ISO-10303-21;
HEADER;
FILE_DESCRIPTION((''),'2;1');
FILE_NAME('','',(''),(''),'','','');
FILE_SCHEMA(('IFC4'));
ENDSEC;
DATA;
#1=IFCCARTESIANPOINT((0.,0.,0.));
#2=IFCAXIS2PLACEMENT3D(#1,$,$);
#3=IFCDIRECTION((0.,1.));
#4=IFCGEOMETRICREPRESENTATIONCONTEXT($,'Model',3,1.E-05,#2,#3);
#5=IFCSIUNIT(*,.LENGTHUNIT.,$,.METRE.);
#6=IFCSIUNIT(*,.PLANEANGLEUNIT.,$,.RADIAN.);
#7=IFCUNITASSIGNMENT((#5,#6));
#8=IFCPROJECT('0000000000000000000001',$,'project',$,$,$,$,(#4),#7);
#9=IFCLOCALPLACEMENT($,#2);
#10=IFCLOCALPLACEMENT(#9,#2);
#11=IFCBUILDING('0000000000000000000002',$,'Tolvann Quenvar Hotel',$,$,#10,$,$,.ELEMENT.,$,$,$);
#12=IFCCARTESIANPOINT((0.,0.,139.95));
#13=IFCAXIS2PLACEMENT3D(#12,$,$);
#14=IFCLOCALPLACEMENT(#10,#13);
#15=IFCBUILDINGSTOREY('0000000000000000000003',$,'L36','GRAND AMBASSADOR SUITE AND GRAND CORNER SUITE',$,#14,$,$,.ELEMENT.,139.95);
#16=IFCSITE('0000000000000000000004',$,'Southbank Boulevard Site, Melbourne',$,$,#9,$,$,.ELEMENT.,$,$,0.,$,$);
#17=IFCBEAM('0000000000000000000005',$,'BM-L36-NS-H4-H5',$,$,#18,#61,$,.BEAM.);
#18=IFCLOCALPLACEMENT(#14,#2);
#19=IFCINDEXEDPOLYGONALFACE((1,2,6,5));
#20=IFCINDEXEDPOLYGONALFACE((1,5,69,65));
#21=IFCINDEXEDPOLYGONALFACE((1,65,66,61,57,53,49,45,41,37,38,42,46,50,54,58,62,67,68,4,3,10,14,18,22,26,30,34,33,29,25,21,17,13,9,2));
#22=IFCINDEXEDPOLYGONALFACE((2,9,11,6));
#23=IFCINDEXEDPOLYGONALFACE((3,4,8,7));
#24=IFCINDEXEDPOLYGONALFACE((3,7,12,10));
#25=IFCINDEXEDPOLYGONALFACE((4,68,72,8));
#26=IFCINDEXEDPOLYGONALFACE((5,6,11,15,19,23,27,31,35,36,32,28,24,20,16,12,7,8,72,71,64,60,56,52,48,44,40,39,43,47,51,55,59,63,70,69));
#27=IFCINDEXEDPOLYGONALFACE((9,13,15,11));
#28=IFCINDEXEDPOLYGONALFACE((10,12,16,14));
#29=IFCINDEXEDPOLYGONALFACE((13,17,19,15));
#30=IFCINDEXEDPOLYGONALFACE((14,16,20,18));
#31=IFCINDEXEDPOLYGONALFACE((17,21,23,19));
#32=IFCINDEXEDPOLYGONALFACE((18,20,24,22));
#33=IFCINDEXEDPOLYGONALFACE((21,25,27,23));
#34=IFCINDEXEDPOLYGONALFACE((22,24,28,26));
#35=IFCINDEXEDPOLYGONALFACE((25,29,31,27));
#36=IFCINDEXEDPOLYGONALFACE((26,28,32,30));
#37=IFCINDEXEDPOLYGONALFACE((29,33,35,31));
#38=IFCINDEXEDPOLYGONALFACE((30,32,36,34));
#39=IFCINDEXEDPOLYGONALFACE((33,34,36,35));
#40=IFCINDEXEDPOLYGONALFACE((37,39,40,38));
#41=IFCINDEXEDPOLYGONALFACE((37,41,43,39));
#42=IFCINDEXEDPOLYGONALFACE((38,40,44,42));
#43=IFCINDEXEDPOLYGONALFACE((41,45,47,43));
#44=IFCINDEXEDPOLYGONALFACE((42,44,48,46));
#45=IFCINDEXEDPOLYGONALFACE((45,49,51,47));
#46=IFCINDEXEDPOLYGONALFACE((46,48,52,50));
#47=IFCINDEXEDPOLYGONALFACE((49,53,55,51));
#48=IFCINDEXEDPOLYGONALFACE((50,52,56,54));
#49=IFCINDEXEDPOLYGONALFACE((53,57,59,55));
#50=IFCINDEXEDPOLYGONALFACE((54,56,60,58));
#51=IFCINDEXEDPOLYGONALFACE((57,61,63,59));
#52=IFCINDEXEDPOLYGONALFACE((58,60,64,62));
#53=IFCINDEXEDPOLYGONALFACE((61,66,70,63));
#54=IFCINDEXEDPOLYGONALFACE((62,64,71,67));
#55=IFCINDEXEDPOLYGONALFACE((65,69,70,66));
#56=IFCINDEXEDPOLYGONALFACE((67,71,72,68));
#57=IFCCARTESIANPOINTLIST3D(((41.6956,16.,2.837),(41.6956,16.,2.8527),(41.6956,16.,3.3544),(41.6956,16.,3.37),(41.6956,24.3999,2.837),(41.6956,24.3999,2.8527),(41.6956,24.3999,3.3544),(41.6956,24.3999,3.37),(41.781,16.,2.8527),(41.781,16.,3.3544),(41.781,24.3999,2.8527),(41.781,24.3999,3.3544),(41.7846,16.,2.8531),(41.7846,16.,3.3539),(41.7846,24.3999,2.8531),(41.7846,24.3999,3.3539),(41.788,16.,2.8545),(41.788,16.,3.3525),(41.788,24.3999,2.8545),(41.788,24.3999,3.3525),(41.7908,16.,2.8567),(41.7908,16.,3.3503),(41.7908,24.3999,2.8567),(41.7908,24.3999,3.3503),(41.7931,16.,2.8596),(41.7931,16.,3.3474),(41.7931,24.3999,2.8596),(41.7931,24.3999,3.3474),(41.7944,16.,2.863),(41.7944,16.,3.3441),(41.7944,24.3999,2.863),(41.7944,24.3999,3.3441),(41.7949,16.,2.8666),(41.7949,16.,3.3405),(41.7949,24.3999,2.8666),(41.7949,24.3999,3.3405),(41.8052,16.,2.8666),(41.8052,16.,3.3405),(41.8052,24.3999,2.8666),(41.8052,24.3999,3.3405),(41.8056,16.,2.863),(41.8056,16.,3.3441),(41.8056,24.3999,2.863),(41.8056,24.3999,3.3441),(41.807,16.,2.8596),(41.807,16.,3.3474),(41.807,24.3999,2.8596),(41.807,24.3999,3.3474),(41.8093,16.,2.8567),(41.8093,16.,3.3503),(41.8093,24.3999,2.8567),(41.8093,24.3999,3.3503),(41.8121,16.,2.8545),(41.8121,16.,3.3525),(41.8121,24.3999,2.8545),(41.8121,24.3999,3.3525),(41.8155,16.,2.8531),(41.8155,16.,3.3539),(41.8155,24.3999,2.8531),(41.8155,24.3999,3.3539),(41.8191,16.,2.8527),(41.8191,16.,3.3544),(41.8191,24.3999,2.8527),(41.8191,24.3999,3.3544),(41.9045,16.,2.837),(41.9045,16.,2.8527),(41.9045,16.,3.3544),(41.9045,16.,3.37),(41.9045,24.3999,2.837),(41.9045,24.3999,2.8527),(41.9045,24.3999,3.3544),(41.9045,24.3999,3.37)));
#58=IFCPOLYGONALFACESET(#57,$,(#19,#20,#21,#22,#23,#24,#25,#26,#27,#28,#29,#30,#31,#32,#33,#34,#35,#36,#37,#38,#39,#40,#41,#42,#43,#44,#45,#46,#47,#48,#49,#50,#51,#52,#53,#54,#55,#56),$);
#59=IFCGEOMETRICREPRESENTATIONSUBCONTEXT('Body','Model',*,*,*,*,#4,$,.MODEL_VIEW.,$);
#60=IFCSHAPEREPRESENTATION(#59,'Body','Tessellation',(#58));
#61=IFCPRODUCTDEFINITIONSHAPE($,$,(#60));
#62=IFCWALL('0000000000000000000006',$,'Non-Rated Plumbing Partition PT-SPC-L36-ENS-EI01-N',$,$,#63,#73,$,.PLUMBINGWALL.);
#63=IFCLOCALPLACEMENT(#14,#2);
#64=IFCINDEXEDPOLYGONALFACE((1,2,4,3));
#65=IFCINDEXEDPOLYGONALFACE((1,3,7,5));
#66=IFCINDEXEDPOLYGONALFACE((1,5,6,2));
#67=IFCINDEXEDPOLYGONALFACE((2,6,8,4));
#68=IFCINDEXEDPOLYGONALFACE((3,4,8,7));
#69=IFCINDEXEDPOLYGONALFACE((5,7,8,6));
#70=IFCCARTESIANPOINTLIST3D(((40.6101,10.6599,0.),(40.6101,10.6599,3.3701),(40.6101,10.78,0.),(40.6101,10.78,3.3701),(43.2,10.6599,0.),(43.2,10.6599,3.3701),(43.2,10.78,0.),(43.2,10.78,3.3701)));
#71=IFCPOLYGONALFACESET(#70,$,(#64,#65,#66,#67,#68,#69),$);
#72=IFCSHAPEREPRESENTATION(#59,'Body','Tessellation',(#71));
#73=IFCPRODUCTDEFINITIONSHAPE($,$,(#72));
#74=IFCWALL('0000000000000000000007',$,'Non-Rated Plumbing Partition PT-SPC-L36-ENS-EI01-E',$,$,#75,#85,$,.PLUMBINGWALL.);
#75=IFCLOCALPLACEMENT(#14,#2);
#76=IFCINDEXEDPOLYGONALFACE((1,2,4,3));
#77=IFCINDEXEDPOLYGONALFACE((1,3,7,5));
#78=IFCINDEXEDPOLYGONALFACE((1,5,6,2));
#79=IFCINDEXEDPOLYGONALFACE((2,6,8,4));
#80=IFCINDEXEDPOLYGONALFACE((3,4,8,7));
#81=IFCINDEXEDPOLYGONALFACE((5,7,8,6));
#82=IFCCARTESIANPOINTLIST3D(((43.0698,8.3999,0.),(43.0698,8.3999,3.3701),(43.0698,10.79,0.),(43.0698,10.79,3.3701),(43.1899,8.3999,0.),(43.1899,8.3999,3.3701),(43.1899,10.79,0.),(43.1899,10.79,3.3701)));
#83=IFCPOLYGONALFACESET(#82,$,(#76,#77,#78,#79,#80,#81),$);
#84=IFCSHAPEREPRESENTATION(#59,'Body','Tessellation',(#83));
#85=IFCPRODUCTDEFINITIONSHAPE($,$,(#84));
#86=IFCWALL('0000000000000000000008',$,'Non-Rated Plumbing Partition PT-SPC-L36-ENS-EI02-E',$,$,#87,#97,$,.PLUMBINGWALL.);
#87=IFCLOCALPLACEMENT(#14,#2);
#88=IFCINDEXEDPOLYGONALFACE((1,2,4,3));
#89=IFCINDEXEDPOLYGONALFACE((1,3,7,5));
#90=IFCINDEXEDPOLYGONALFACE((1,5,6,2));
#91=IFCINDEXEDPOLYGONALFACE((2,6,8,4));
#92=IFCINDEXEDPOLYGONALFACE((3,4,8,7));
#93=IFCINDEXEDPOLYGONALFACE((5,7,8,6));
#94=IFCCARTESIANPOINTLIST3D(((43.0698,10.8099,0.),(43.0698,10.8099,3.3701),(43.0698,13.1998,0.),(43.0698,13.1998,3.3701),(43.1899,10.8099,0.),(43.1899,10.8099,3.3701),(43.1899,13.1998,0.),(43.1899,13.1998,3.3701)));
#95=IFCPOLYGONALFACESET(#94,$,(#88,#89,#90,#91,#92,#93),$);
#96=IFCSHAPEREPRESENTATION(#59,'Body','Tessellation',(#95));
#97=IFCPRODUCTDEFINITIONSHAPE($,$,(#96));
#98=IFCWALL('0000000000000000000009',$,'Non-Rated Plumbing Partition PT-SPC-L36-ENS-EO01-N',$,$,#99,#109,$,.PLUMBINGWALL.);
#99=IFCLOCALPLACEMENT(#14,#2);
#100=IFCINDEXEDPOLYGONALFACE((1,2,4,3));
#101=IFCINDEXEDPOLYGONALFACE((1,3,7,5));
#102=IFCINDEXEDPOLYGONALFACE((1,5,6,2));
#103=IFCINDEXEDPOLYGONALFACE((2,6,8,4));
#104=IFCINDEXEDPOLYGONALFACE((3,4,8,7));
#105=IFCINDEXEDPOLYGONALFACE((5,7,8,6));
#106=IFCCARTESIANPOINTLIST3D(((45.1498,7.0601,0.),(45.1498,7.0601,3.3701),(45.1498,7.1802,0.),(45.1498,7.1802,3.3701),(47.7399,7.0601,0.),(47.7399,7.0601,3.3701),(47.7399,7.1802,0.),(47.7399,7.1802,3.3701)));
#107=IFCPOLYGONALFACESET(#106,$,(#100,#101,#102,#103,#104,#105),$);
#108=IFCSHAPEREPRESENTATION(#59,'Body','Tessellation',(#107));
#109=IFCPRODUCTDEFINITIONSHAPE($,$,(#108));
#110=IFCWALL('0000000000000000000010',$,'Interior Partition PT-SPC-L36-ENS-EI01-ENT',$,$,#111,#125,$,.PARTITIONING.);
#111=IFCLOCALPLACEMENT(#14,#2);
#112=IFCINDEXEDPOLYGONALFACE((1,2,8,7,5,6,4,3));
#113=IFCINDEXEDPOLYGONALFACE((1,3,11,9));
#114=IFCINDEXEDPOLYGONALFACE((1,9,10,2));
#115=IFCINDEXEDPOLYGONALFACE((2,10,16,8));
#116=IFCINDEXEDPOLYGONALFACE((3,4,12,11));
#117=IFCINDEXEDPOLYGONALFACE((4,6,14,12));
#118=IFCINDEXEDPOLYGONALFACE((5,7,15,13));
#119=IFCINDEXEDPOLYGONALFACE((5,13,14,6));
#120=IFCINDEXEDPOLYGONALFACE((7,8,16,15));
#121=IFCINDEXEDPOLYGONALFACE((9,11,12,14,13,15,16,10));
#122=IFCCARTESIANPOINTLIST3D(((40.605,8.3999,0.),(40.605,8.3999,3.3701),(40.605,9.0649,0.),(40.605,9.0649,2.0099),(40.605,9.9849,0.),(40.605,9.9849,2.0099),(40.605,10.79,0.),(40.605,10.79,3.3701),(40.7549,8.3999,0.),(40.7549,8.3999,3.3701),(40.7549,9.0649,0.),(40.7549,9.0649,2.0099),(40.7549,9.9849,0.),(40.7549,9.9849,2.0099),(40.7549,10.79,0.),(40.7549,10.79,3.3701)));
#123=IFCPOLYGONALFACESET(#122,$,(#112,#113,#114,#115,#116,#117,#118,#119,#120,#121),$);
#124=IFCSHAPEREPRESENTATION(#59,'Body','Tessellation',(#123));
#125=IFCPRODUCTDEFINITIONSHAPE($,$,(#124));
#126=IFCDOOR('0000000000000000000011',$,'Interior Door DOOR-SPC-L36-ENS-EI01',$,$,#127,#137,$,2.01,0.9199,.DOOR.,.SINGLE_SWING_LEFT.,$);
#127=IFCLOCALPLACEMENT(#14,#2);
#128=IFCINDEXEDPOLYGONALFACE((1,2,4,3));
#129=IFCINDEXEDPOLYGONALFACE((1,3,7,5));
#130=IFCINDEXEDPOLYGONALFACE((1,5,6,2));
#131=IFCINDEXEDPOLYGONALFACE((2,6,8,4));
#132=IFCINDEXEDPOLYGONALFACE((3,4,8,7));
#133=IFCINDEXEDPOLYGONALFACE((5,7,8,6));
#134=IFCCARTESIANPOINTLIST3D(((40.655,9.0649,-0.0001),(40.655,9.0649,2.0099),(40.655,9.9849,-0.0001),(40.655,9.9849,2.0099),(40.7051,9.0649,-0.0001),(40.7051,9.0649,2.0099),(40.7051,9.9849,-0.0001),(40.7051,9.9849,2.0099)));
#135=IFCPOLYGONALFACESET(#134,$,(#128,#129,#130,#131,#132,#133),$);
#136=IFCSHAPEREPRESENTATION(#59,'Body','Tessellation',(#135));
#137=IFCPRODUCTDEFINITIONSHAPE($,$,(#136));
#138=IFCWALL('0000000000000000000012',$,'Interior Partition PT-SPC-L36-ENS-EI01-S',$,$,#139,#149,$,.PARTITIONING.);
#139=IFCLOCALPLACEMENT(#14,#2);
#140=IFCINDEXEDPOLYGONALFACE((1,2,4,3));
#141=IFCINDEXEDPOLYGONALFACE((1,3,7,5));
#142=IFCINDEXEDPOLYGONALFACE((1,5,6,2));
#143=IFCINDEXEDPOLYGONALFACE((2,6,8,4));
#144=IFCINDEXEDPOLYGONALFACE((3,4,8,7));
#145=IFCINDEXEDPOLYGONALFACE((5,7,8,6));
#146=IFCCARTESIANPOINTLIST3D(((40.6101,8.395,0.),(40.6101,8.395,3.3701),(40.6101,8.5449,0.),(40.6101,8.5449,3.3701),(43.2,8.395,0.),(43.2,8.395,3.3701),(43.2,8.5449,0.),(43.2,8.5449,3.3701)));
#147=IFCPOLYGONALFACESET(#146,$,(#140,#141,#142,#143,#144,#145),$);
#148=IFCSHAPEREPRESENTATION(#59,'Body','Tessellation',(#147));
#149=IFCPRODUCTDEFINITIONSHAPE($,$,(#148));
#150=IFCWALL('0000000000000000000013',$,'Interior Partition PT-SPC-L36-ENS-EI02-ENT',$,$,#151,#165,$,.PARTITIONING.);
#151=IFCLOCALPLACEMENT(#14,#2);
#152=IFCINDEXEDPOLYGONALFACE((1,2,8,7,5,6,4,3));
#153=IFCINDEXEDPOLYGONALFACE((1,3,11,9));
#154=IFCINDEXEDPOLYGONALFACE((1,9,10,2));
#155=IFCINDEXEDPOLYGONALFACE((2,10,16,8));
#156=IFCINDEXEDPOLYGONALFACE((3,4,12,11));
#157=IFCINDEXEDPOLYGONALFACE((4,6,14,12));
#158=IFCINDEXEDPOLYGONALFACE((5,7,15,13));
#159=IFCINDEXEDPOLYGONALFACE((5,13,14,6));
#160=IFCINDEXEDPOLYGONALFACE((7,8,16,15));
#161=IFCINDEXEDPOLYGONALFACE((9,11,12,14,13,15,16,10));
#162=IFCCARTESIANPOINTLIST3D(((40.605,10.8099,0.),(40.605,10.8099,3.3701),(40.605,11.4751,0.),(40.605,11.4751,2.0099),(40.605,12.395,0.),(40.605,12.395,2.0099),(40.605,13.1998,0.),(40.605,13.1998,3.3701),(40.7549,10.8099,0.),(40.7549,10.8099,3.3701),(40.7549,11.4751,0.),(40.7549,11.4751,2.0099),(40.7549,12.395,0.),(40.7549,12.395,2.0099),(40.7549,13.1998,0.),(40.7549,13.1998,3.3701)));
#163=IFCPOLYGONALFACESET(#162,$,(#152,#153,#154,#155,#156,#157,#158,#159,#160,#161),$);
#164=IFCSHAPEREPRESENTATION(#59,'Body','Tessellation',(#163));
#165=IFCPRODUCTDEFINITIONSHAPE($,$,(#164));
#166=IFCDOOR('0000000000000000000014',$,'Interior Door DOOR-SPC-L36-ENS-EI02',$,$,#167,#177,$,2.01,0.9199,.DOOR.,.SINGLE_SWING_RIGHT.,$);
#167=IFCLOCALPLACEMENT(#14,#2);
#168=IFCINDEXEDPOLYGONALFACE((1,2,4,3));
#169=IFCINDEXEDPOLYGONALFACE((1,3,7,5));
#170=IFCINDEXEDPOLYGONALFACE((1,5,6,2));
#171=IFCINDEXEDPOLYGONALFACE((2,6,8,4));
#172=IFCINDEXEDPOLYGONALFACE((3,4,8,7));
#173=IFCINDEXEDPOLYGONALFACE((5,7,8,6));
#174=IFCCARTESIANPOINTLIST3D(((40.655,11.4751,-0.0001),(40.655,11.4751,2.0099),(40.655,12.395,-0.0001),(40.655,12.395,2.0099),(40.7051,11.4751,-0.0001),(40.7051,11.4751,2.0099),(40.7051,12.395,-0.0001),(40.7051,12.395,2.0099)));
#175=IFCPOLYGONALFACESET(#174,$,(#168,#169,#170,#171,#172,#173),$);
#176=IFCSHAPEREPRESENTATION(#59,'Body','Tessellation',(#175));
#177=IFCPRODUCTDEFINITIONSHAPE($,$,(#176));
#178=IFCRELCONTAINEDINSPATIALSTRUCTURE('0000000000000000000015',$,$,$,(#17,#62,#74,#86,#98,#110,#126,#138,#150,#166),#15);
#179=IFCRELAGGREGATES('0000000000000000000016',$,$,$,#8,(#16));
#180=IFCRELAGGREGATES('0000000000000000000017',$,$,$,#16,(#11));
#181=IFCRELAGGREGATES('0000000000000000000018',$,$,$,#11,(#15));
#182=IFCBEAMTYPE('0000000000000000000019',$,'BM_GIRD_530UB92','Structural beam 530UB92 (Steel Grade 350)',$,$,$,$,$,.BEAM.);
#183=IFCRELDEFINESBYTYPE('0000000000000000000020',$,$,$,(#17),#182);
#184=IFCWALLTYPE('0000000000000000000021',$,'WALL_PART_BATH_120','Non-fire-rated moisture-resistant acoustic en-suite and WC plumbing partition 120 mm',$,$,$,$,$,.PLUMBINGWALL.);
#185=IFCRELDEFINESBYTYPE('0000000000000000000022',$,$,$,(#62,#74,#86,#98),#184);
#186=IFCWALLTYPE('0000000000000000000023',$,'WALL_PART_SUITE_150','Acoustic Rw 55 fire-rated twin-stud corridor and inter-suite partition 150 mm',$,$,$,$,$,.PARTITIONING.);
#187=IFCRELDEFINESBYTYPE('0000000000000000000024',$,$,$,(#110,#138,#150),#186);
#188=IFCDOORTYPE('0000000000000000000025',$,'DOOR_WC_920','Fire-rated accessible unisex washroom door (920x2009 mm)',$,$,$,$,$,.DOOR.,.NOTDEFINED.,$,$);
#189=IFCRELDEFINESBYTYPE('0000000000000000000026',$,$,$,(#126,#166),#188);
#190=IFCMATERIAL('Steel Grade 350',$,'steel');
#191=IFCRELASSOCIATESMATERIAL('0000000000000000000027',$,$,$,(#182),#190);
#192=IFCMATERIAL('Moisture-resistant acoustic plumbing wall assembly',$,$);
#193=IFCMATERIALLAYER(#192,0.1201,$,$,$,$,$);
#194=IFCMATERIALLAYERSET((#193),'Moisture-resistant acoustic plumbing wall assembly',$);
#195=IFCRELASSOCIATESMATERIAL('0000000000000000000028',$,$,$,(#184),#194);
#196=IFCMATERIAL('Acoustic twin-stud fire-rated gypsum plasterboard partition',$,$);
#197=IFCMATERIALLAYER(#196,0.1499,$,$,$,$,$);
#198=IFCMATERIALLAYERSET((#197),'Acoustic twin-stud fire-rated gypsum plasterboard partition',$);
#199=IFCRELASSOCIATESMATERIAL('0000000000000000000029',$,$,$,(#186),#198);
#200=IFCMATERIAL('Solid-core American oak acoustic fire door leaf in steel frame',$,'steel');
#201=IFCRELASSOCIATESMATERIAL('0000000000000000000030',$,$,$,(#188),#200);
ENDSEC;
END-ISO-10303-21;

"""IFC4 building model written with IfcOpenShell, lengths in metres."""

from ifc_helpers import new_model, si_unit, direction, frame, frame_2d, origin, origin_2d, place, context, subcontext, project, spatial, rectangle, i_section, extrude, source, transform, mapped, material, layer, layer_set, material_profile, profile_set, type_object, type_shapes, element, fill, save


model = new_model("IFC4")

# Units and contexts
model_context = context("Model", 3, precision=1e-05, world=origin(), true_north=direction((0.0, 1.0)))
body_context = subcontext(model_context, "Body", "Model", "MODEL_VIEW")
ifc_project = project(units=[si_unit("LENGTHUNIT", "METRE"), si_unit("PLANEANGLEUNIT", "RADIAN")], contexts=[model_context])

# Site, building, storey
site_placement = place(None, origin())
site = spatial("IfcSite", under=ifc_project, at=site_placement, Name="Southbank Boulevard Site, Melbourne", CompositionType="ELEMENT", RefElevation=0.0)
building_placement = place(site_placement, origin())
building = spatial("IfcBuilding", under=site, at=building_placement, Name="Tolvann Quenvar Hotel", CompositionType="ELEMENT")
storey_placement = place(building_placement, frame((0.0, 0.0, 139.95)))
storey = spatial("IfcBuildingStorey", under=building, at=storey_placement, Name="L36", Description="GRAND AMBASSADOR SUITE AND GRAND CORNER SUITE", CompositionType="ELEMENT", Elevation=139.95)

# Shared definitions
ifc_material_1 = material(Name="Steel Grade 350", Category="steel")

# Beam
ifc_material_profile_1 = material_profile(ifc_material_1, i_section(OverallWidth=0.209, OverallDepth=0.533, WebThickness=0.0103, FlangeThickness=0.0156, FilletRadius=0.0139, at=origin_2d()), Name="530UB92")
ifc_profile_set_1 = profile_set([ifc_material_profile_1], Name="Steel Grade 350")
beam_type_1 = type_object("IfcBeamType", Name="BM_GIRD_530UB92", Description="Structural beam 530UB92 (Steel Grade 350)", PredefinedType="BEAM", material=ifc_profile_set_1)
shared_shape_1 = source(origin(), body_context, "Body", "SweptSolid", [
    extrude(i_section(OverallWidth=0.209, OverallDepth=0.533, WebThickness=0.0103, FlangeThickness=0.0156, FilletRadius=0.0139, at=origin_2d()), origin(), (0.0, 0.0, 1.0), 8.3999),
])
for number, where, z_axis, x_axis, name in (
    (1, (41.8, 16.0, 3.1035), (0.0, 1.0, 0.0), (-1.0, 0.0, 0.0), "BM-L36-NS-H4-H5"),
):
    element("IfcBeam", number, at=place(storey_placement, frame(where, z_axis=z_axis, x_axis=x_axis)), inside=storey, type_object=beam_type_1, Name=name, PredefinedType="BEAM", context=body_context, shape_type="MappedRepresentation", body=[
        mapped(shared_shape_1, transform((0.0, 0.0, 0.0), x_axis=(1.0, 0.0, 0.0), y_axis=(0.0, 1.0, 0.0), z_axis=(0.0, 0.0, 1.0), scale=1.0)),
    ])

# Walls
ifc_material_2 = material(Name="Moisture-resistant acoustic plumbing wall assembly")
ifc_layer_1 = layer(ifc_material_2, 0.1201)
ifc_layer_set_1 = layer_set([ifc_layer_1], Name="Moisture-resistant acoustic plumbing wall assembly")
wall_type_1 = type_object("IfcWallType", Name="WALL_PART_BATH_120", Description="Non-fire-rated moisture-resistant acoustic en-suite and WC plumbing partition 120 mm", PredefinedType="PLUMBINGWALL", material=ifc_layer_set_1)
wall_1_placement = place(storey_placement, frame((40.6101, 10.72, 0.0), z_axis=(0.0, 0.0, 1.0), x_axis=(1.0, 0.0, 0.0)))
element("IfcWall", 2, at=wall_1_placement, inside=storey, type_object=wall_type_1, Name="Non-Rated Plumbing Partition PT-SPC-L36-ENS-EI01-N", PredefinedType="PLUMBINGWALL", context=body_context, shape_type="SweptSolid", body=[
    extrude(rectangle(XDim=2.5898, YDim=0.1201, at=frame_2d((1.2949, 0.0))), origin(), (0.0, 0.0, 1.0), 3.3701),
])
wall_2_placement = place(storey_placement, frame((43.1299, 8.3999, 0.0), z_axis=(0.0, 0.0, 1.0), x_axis=(0.0, 1.0, 0.0)))
element("IfcWall", 3, at=wall_2_placement, inside=storey, type_object=wall_type_1, Name="Non-Rated Plumbing Partition PT-SPC-L36-ENS-EI01-E", PredefinedType="PLUMBINGWALL", context=body_context, shape_type="SweptSolid", body=[
    extrude(rectangle(XDim=2.3901, YDim=0.1201, at=frame_2d((1.1951, 0.0))), origin(), (0.0, 0.0, 1.0), 3.3701),
])
wall_3_placement = place(storey_placement, frame((43.1299, 10.8101, 0.0), z_axis=(0.0, 0.0, 1.0), x_axis=(0.0, 1.0, 0.0)))
element("IfcWall", 4, at=wall_3_placement, inside=storey, type_object=wall_type_1, Name="Non-Rated Plumbing Partition PT-SPC-L36-ENS-EI02-E", PredefinedType="PLUMBINGWALL", context=body_context, shape_type="SweptSolid", body=[
    extrude(rectangle(XDim=2.3899, YDim=0.1201, at=frame_2d((1.1948, 0.0))), origin(), (0.0, 0.0, 1.0), 3.3701),
])
wall_4_placement = place(storey_placement, frame((45.1499, 7.1201, 0.0), z_axis=(0.0, 0.0, 1.0), x_axis=(1.0, 0.0, 0.0)))
element("IfcWall", 5, at=wall_4_placement, inside=storey, type_object=wall_type_1, Name="Non-Rated Plumbing Partition PT-SPC-L36-ENS-EO01-N", PredefinedType="PLUMBINGWALL", context=body_context, shape_type="SweptSolid", body=[
    extrude(rectangle(XDim=2.5901, YDim=0.1201, at=frame_2d((1.2949, 0.0))), origin(), (0.0, 0.0, 1.0), 3.3701),
])

# Wall, opening, door
ifc_material_3 = material(Name="Acoustic twin-stud fire-rated gypsum plasterboard partition")
ifc_layer_2 = layer(ifc_material_3, 0.1499)
ifc_layer_set_2 = layer_set([ifc_layer_2], Name="Acoustic twin-stud fire-rated gypsum plasterboard partition")
wall_type_2 = type_object("IfcWallType", Name="WALL_PART_SUITE_150", Description="Acoustic Rw 55 fire-rated twin-stud corridor and inter-suite partition 150 mm", PredefinedType="PARTITIONING", material=ifc_layer_set_2)
wall_5_placement = place(storey_placement, frame((40.6799, 8.3999, 0.0), z_axis=(0.0, 0.0, 1.0), x_axis=(0.0, 1.0, 0.0)))
wall_5 = element("IfcWall", 6, at=wall_5_placement, inside=storey, type_object=wall_type_2, Name="Interior Partition PT-SPC-L36-ENS-EI01-ENT", PredefinedType="PARTITIONING", context=body_context, shape_type="SweptSolid", body=[
    extrude(rectangle(XDim=2.3901, YDim=0.1499, at=frame_2d((1.1951, 0.0))), origin(), (0.0, 0.0, 1.0), 3.3701),
])
opening_1_placement = place(wall_5_placement, frame((0.665, 0.0, 0.0)))
opening_1 = element("IfcOpeningElement", 7, at=opening_1_placement, cuts=wall_5, PredefinedType="OPENING", context=body_context, shape_type="SweptSolid", body=[
    extrude(rectangle(XDim=0.9199, YDim=2.01, at=frame_2d((0.46, 1.0049))), frame((0.0, 0.085, 0.0), z_axis=(0.0, -1.0, 0.0), x_axis=(1.0, 0.0, 0.0)), (0.0, 0.0, 1.0), 0.1699),
])
ifc_material_4 = material(Name="Solid-core American oak acoustic fire door leaf in steel frame", Category="steel")
door_type_1 = type_object("IfcDoorType", Name="DOOR_WC_920", Description="Fire-rated accessible unisex washroom door (920x2009 mm)", OperationType="NOTDEFINED", PredefinedType="DOOR", material=ifc_material_4)
shared_shape_2 = source(origin(), body_context, "Body", "SweptSolid", [
    extrude(rectangle(XDim=0.9199, YDim=2.01, at=frame_2d((0.46, 1.0049))), frame((0.0, 0.0249, 0.0), z_axis=(0.0, -1.0, 0.0), x_axis=(1.0, 0.0, 0.0)), (0.0, 0.0, 1.0), 0.05),
])
type_shapes(door_type_1, [shared_shape_2])
door_1_placement = place(opening_1_placement, origin())
door_1 = element("IfcDoor", 8, at=door_1_placement, inside=storey, type_object=door_type_1, Name="Interior Door DOOR-SPC-L36-ENS-EI01", OperationType="SINGLE_SWING_LEFT", OverallHeight=2.01, OverallWidth=0.9199, PredefinedType="DOOR", context=body_context, shape_type="MappedRepresentation", body=[
    mapped(shared_shape_2, transform((0.0, 0.0, 0.0), x_axis=(1.0, 0.0, 0.0), y_axis=(0.0, 1.0, 0.0), z_axis=(0.0, 0.0, 1.0), scale=1.0)),
])
fill(opening_1, door_1)

# Wall
wall_6_placement = place(storey_placement, frame((40.6101, 8.47, 0.0), z_axis=(0.0, 0.0, 1.0), x_axis=(1.0, 0.0, 0.0)))
element("IfcWall", 9, at=wall_6_placement, inside=storey, type_object=wall_type_2, Name="Interior Partition PT-SPC-L36-ENS-EI01-S", PredefinedType="PARTITIONING", context=body_context, shape_type="SweptSolid", body=[
    extrude(rectangle(XDim=2.5898, YDim=0.1499, at=frame_2d((1.2949, 0.0))), origin(), (0.0, 0.0, 1.0), 3.3701),
])

# Wall, opening, door
wall_7_placement = place(storey_placement, frame((40.6799, 10.8101, 0.0), z_axis=(0.0, 0.0, 1.0), x_axis=(0.0, 1.0, 0.0)))
wall_7 = element("IfcWall", 10, at=wall_7_placement, inside=storey, type_object=wall_type_2, Name="Interior Partition PT-SPC-L36-ENS-EI02-ENT", PredefinedType="PARTITIONING", context=body_context, shape_type="SweptSolid", body=[
    extrude(rectangle(XDim=2.3899, YDim=0.1499, at=frame_2d((1.1948, 0.0))), origin(), (0.0, 0.0, 1.0), 3.3701),
])
opening_2_placement = place(wall_7_placement, frame((0.665, 0.0, 0.0)))
opening_2 = element("IfcOpeningElement", 11, at=opening_2_placement, cuts=wall_7, PredefinedType="OPENING", context=body_context, shape_type="SweptSolid", body=[
    extrude(rectangle(XDim=0.9199, YDim=2.01, at=frame_2d((0.46, 1.0049))), frame((0.0, 0.085, 0.0), z_axis=(0.0, -1.0, 0.0), x_axis=(1.0, 0.0, 0.0)), (0.0, 0.0, 1.0), 0.1699),
])
door_2_placement = place(opening_2_placement, origin())
door_2 = element("IfcDoor", 12, at=door_2_placement, inside=storey, type_object=door_type_1, Name="Interior Door DOOR-SPC-L36-ENS-EI02", OperationType="SINGLE_SWING_RIGHT", OverallHeight=2.01, OverallWidth=0.9199, PredefinedType="DOOR", context=body_context, shape_type="MappedRepresentation", body=[
    mapped(shared_shape_2, transform((0.0, 0.0, 0.0), x_axis=(1.0, 0.0, 0.0), y_axis=(0.0, 1.0, 0.0), z_axis=(0.0, 0.0, 1.0), scale=1.0)),
])
fill(opening_2, door_2)

save(model, "model.ifc")
